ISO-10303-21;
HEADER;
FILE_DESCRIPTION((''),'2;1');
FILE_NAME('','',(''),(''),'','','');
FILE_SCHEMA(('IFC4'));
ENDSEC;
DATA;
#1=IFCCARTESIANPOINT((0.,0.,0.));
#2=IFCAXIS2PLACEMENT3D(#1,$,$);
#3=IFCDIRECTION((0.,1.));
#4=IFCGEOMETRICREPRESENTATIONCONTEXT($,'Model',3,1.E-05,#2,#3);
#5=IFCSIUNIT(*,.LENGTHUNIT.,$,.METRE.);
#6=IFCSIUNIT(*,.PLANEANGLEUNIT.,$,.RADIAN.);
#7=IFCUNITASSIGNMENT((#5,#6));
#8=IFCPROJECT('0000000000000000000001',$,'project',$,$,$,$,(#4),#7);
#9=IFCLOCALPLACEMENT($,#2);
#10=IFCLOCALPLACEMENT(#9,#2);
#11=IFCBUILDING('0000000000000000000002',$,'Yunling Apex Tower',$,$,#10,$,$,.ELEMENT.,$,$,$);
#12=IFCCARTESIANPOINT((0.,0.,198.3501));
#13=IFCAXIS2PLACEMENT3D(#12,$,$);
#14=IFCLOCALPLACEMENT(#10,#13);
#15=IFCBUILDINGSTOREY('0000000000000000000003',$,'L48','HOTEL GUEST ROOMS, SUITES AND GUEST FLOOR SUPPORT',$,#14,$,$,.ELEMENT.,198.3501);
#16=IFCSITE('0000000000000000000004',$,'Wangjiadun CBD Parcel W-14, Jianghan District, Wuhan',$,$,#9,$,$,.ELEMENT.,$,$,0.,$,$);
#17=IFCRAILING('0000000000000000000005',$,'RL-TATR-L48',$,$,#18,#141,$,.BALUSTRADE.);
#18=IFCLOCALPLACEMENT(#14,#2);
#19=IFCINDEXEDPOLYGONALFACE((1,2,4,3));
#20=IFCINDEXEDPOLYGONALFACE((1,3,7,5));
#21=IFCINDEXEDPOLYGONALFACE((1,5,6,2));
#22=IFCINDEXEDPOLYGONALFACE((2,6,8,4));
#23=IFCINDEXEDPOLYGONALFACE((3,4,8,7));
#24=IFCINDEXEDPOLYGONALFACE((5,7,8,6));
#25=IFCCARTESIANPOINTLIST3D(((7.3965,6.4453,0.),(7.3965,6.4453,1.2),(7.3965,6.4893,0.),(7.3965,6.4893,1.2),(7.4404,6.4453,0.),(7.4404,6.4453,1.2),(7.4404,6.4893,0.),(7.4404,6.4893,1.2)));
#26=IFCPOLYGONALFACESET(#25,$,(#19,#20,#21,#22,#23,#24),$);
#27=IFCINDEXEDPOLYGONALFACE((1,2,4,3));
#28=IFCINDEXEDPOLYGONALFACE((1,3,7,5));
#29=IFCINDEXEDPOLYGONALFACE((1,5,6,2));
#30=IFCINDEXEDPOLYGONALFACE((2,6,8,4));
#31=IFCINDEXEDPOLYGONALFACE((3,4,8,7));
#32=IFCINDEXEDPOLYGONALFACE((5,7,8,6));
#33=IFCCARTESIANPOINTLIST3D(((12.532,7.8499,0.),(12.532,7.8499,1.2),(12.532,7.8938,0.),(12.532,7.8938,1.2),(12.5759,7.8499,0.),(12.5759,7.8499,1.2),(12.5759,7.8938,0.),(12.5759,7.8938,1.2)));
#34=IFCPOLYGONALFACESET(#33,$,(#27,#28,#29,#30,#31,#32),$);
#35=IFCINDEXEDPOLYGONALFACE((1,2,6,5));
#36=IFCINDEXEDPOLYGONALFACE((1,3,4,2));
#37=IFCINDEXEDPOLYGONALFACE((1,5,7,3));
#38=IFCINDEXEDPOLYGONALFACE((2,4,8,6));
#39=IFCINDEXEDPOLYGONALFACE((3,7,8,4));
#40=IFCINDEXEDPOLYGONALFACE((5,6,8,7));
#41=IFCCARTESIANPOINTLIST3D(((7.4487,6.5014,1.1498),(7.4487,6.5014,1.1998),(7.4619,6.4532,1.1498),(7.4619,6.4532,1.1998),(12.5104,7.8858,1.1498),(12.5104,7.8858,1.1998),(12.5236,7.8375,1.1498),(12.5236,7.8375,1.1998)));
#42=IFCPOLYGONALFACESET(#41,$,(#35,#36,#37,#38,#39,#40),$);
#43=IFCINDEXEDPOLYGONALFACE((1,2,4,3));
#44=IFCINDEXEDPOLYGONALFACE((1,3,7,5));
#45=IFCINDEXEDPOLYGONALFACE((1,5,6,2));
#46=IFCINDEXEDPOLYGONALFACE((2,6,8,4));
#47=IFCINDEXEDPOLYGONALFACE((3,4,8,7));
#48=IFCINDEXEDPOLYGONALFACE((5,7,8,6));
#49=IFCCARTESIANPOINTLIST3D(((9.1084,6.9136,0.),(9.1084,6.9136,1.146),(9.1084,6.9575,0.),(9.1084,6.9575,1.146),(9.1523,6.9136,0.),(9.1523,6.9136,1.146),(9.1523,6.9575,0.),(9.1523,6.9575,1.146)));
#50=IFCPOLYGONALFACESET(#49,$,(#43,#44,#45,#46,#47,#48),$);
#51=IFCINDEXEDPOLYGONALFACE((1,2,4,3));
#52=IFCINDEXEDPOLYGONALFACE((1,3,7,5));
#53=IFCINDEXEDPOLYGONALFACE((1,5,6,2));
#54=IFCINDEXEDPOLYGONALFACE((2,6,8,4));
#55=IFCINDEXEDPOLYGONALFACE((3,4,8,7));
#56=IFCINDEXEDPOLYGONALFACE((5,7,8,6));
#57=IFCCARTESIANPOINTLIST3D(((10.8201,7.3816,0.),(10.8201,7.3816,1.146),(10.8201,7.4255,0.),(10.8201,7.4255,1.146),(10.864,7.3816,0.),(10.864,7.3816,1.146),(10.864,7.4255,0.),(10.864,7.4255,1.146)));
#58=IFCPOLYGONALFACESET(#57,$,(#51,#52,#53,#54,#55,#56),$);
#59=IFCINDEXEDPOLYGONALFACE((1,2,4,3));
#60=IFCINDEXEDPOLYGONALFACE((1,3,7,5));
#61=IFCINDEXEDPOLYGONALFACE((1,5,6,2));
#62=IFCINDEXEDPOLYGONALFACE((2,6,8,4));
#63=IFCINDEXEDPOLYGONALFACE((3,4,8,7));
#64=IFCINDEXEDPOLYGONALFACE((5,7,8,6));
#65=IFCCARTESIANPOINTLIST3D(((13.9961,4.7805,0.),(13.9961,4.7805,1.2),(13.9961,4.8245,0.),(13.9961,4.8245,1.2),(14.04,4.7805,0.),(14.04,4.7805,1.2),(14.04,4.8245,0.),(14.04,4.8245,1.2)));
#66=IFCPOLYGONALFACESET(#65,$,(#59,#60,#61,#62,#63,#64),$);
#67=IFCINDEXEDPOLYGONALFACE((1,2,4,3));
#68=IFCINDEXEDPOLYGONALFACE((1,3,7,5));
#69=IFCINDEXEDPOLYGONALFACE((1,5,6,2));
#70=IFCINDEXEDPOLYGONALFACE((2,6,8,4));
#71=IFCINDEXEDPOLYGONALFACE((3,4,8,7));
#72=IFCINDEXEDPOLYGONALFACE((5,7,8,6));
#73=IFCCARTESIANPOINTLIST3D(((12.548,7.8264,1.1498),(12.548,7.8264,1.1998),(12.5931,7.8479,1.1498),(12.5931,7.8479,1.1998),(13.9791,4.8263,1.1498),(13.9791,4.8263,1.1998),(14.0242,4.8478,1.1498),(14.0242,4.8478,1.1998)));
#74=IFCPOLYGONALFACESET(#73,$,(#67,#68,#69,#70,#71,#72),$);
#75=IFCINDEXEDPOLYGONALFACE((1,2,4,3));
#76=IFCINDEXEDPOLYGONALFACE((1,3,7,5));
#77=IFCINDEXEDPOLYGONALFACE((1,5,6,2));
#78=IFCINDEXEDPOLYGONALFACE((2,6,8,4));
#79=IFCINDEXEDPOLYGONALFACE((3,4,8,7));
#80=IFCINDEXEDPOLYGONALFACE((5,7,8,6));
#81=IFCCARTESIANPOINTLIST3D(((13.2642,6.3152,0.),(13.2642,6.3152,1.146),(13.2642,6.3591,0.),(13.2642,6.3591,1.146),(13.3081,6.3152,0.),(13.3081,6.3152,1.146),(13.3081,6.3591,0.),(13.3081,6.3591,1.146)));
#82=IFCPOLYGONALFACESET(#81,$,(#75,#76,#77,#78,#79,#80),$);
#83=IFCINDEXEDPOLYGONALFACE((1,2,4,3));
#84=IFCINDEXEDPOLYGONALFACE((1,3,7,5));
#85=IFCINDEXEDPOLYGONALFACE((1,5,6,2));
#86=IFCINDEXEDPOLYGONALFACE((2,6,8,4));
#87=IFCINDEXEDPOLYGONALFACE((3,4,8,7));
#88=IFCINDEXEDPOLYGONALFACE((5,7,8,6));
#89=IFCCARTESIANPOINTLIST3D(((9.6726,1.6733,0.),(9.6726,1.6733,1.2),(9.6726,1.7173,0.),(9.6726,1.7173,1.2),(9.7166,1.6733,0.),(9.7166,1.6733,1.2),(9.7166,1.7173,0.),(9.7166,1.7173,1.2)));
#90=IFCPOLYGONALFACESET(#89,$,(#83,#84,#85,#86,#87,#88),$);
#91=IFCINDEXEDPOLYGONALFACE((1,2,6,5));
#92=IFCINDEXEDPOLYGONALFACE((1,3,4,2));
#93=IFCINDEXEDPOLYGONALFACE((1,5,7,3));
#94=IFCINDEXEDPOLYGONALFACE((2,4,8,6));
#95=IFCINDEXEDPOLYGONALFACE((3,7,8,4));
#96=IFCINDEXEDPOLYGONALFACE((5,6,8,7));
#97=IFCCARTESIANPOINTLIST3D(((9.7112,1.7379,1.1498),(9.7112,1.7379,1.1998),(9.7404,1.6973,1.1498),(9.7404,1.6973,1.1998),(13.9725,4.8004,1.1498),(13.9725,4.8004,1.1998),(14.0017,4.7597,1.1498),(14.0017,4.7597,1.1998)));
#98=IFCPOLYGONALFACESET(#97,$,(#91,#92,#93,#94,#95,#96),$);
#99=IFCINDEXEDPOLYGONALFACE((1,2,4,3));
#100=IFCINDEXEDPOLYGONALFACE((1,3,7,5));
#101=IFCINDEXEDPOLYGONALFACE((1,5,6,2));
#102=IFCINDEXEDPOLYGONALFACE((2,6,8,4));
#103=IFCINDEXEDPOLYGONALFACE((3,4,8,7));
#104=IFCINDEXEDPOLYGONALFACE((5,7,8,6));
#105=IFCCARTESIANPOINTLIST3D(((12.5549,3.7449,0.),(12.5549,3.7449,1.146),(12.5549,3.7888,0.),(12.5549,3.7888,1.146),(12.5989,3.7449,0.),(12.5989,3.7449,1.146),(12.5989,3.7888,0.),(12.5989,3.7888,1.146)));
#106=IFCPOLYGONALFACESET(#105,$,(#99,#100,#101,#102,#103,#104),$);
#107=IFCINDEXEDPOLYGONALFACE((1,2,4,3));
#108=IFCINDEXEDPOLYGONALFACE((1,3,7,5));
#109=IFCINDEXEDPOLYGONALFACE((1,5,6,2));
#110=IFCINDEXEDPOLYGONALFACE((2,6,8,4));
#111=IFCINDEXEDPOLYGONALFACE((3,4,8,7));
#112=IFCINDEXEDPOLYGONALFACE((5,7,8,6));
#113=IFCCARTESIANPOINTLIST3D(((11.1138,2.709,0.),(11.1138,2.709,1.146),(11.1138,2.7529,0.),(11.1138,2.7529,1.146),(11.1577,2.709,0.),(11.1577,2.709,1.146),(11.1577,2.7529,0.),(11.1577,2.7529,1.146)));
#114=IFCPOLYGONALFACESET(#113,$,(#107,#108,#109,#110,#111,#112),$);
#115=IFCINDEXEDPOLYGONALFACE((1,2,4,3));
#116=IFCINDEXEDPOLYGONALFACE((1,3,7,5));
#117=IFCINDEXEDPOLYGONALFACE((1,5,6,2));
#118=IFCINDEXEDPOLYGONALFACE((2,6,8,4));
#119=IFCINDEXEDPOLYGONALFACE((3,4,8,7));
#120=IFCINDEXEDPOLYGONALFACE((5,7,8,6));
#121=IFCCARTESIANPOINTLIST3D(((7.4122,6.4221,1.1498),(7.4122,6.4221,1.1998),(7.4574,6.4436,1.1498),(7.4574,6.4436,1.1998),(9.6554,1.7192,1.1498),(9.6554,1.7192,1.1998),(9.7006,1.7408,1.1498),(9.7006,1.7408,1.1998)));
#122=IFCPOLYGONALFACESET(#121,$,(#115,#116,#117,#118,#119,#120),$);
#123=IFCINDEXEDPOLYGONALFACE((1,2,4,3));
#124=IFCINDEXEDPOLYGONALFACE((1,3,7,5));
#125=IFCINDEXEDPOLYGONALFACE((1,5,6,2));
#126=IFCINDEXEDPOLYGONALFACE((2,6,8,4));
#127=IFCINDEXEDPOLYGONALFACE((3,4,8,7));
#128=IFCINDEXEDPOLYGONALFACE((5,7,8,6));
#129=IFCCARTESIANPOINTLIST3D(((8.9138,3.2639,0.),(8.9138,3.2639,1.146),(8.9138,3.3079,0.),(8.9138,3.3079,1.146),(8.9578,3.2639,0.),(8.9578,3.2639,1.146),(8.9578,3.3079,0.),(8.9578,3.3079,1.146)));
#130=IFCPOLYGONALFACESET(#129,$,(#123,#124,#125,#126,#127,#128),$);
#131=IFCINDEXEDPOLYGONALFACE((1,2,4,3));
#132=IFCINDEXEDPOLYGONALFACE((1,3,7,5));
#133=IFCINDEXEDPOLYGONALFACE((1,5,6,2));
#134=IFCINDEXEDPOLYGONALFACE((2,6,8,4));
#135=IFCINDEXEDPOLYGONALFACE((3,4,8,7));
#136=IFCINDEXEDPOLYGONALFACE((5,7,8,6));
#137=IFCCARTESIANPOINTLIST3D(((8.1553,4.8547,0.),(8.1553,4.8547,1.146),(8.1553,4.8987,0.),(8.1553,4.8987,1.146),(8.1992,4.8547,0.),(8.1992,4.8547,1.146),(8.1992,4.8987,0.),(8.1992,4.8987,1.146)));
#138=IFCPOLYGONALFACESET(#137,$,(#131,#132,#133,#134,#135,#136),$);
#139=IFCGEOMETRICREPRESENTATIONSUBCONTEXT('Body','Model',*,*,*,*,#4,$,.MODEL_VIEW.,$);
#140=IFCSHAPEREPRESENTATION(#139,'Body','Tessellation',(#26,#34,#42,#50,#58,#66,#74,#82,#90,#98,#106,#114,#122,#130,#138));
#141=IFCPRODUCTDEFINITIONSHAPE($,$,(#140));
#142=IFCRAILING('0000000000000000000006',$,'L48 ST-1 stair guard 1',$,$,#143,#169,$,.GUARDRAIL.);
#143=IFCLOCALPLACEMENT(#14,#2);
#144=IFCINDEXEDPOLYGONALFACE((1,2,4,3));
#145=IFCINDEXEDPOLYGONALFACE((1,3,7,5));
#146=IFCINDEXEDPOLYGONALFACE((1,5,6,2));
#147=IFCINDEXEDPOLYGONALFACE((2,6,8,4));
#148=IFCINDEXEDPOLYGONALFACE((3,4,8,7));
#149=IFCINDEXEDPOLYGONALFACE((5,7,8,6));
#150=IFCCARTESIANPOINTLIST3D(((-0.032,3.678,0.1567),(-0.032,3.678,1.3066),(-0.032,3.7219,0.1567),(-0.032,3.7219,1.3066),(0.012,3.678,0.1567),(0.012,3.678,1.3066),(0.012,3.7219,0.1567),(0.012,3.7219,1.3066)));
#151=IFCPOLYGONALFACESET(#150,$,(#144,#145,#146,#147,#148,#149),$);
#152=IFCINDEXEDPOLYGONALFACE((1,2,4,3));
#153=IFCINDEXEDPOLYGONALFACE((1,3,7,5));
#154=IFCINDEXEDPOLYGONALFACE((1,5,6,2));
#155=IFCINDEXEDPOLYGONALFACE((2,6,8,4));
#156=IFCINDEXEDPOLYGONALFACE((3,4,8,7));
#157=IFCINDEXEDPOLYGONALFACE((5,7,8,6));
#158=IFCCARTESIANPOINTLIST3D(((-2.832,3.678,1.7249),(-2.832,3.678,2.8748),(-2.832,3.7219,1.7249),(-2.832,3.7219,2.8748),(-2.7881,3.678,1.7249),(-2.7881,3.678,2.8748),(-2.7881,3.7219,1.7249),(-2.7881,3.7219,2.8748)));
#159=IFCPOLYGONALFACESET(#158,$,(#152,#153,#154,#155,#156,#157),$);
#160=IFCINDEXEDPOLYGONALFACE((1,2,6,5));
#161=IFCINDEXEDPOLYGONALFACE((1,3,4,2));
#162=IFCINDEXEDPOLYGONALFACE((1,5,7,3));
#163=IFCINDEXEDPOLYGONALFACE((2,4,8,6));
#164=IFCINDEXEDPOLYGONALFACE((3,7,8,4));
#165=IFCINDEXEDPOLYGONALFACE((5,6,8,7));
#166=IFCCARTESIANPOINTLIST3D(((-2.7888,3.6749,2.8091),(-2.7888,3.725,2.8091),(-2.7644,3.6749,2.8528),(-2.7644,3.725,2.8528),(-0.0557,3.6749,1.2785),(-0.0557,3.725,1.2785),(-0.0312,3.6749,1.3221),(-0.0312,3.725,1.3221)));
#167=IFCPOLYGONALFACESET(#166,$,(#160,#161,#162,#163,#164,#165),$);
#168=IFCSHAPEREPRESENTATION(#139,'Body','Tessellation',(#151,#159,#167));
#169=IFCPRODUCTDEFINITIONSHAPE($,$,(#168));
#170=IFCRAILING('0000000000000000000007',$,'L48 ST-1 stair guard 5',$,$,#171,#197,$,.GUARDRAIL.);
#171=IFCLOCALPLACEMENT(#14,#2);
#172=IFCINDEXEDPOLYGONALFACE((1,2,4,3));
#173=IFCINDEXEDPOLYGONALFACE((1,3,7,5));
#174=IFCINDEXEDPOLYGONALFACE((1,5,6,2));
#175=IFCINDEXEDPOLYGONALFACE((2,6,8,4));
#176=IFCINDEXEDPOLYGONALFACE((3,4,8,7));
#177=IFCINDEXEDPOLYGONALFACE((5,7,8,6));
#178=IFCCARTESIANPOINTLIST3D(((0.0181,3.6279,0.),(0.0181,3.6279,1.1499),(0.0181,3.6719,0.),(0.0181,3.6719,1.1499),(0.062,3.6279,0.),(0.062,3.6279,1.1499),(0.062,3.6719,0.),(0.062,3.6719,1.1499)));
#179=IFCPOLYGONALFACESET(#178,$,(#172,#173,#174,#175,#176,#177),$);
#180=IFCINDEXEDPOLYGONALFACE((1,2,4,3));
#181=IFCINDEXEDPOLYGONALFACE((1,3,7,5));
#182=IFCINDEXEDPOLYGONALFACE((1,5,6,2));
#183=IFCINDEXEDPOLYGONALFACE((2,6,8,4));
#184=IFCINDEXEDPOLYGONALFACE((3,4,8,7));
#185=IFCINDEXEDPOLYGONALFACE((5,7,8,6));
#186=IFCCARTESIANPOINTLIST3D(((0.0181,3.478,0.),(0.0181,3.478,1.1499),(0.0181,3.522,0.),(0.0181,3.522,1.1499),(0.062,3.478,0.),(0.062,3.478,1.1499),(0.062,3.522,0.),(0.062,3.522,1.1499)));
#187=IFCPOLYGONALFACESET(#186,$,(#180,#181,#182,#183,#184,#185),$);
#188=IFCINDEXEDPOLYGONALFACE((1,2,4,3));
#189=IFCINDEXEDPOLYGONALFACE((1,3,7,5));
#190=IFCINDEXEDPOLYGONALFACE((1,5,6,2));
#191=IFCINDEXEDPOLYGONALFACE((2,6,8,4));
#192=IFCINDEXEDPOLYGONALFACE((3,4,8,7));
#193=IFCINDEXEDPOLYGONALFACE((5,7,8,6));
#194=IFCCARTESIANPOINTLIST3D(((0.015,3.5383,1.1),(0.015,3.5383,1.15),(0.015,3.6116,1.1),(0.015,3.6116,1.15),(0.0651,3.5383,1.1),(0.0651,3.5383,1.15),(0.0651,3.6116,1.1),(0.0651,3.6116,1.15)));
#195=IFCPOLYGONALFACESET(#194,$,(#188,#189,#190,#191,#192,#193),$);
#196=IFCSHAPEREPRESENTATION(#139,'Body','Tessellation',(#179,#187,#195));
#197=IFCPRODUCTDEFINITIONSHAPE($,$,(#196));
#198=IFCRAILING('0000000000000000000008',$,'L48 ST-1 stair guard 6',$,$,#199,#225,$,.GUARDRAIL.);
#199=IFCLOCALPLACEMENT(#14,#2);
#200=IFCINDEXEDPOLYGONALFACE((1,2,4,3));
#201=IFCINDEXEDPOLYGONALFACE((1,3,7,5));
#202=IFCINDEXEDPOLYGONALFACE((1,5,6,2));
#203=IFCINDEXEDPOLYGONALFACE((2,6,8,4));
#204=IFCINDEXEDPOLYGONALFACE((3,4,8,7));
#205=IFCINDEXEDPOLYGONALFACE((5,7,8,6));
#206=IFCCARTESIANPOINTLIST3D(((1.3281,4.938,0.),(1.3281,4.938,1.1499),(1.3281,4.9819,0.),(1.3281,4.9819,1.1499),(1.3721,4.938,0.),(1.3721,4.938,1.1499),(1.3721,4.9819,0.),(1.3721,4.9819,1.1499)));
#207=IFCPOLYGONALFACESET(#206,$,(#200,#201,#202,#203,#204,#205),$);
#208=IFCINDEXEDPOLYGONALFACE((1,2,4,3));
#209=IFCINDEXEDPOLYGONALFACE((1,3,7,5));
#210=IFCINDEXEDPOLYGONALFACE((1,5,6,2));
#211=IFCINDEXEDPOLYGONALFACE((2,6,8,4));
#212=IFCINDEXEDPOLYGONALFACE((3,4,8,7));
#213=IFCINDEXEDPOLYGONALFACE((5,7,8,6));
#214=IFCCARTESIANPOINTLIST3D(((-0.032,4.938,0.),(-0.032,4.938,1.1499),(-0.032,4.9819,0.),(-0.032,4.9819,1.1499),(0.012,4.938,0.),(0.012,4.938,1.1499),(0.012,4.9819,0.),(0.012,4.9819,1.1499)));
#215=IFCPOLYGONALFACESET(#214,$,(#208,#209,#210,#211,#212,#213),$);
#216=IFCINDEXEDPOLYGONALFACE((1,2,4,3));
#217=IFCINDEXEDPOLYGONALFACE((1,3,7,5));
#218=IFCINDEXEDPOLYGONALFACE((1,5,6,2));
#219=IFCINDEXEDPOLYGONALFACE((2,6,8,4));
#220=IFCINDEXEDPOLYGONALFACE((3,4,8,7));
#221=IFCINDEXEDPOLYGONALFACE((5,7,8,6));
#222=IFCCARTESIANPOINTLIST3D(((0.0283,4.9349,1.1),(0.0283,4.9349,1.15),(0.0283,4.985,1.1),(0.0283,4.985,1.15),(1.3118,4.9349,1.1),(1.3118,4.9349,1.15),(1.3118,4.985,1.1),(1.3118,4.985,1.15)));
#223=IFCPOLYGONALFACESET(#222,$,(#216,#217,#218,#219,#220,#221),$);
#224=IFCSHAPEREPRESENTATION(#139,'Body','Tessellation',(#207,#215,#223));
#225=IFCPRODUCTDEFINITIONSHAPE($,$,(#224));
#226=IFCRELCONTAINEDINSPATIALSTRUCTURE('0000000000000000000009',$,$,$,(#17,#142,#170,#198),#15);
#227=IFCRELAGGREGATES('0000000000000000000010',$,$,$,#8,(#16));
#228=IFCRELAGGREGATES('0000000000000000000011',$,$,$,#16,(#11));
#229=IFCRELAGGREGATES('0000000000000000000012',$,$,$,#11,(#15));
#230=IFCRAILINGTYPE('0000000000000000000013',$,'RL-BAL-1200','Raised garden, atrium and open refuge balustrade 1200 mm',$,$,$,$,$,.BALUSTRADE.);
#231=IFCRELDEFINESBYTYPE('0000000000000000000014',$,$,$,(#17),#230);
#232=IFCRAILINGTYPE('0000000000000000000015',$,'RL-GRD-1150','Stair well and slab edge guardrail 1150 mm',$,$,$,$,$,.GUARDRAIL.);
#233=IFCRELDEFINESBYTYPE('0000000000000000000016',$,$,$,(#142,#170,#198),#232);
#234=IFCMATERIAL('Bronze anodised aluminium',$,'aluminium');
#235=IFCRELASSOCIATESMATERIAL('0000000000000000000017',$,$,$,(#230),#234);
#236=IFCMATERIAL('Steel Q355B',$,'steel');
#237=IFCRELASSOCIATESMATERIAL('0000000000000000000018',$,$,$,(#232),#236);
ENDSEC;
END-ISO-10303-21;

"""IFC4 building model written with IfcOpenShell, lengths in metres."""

from ifc_helpers import new_model, si_unit, direction, frame, origin, origin_2d, place, context, subcontext, project, spatial, rectangle, extrude, material, type_object, element, save


model = new_model("IFC4")

# Units and contexts
model_context = context("Model", 3, precision=1e-05, world=origin(), true_north=direction((0.0, 1.0)))
body_context = subcontext(model_context, "Body", "Model", "MODEL_VIEW")
ifc_project = project(units=[si_unit("LENGTHUNIT", "METRE"), si_unit("PLANEANGLEUNIT", "RADIAN")], contexts=[model_context])

# Site, building, storey
site_placement = place(None, origin())
site = spatial("IfcSite", under=ifc_project, at=site_placement, Name="Wangjiadun CBD Parcel W-14, Jianghan District, Wuhan", CompositionType="ELEMENT", RefElevation=0.0)
building_placement = place(site_placement, origin())
building = spatial("IfcBuilding", under=site, at=building_placement, Name="Yunling Apex Tower", CompositionType="ELEMENT")
storey_placement = place(building_placement, frame((0.0, 0.0, 198.3501)))
storey = spatial("IfcBuildingStorey", under=building, at=storey_placement, Name="L48", Description="HOTEL GUEST ROOMS, SUITES AND GUEST FLOOR SUPPORT", CompositionType="ELEMENT", Elevation=198.3501)

# Shared definitions
ifc_material_1 = material(Name="Steel Q355B", Category="steel")

# Shared definitions
ifc_material_2 = material(Name="Bronze anodised aluminium", Category="aluminium")

# Railings
railing_type_1 = type_object("IfcRailingType", Name="RL-BAL-1200", Description="Raised garden, atrium and open refuge balustrade 1200 mm", PredefinedType="BALUSTRADE", material=ifc_material_2)
railing_1_placement = place(storey_placement, frame((7.4185, 6.4673, 0.0)))
element("IfcRailing", 1, at=railing_1_placement, inside=storey, type_object=railing_type_1, Name="RL-TATR-L48", PredefinedType="BALUSTRADE", context=body_context, shape_type="SweptSolid", body=[
    extrude(rectangle(XDim=0.0439, YDim=0.0439, at=origin_2d()), origin(), (0.0, 0.0, 1.0), 1.2),
    extrude(rectangle(XDim=0.0439, YDim=0.0439, at=origin_2d()), frame((5.1355, 1.4045, 0.0)), (0.0, 0.0, 1.0), 1.2),
    extrude(rectangle(XDim=0.05, YDim=0.05, at=origin_2d()), frame((0.0369, 0.01, 1.1748), z_axis=(0.964575, 0.263808, 0.0), x_axis=(-0.263808, 0.964575, 0.0)), (0.0, 0.0, 1.0), 5.2476),
    extrude(rectangle(XDim=0.0439, YDim=0.0439, at=origin_2d()), frame((1.7119, 0.4683, 0.0)), (0.0, 0.0, 1.0), 1.146),
    extrude(rectangle(XDim=0.0439, YDim=0.0439, at=origin_2d()), frame((3.4236, 0.9363, 0.0)), (0.0, 0.0, 1.0), 1.146),
    extrude(rectangle(XDim=0.0439, YDim=0.0439, at=origin_2d()), frame((6.5996, -1.6648, 0.0)), (0.0, 0.0, 1.0), 1.2),
    extrude(rectangle(XDim=0.05, YDim=0.05, at=origin_2d()), frame((5.1521, 1.3699, 1.1748), z_axis=(0.430538, -0.902572, 0.0), x_axis=(0.902572, 0.430538, 0.0)), (0.0, 0.0, 1.0), 3.324),
    extrude(rectangle(XDim=0.0439, YDim=0.0439, at=origin_2d()), frame((5.8677, -0.1301, 0.0)), (0.0, 0.0, 1.0), 1.146),
    extrude(rectangle(XDim=0.0439, YDim=0.0439, at=origin_2d()), frame((2.2761, -4.772, 0.0)), (0.0, 0.0, 1.0), 1.2),
    extrude(rectangle(XDim=0.05, YDim=0.05, at=origin_2d()), frame((6.5686, -1.6873, 1.1748), z_axis=(-0.812045, -0.583595, 0.0), x_axis=(0.583595, -0.812045, 0.0)), (0.0, 0.0, 1.0), 5.2476),
    extrude(rectangle(XDim=0.0439, YDim=0.0439, at=origin_2d()), frame((5.1584, -2.7004, 0.0)), (0.0, 0.0, 1.0), 1.146),
    extrude(rectangle(XDim=0.0439, YDim=0.0439, at=origin_2d()), frame((3.7173, -3.7363, 0.0)), (0.0, 0.0, 1.0), 1.146),
    extrude(rectangle(XDim=0.05, YDim=0.05, at=origin_2d()), frame((2.2595, -4.7373, 1.1748), z_axis=(-0.430512, 0.902585, 0.0), x_axis=(-0.902585, -0.430512, 0.0)), (0.0, 0.0, 1.0), 5.2104),
    extrude(rectangle(XDim=0.0439, YDim=0.0439, at=origin_2d()), frame((1.5173, -3.1814, 0.0)), (0.0, 0.0, 1.0), 1.146),
    extrude(rectangle(XDim=0.0439, YDim=0.0439, at=origin_2d()), frame((0.7588, -1.5906, 0.0)), (0.0, 0.0, 1.0), 1.146),
])
railing_type_2 = type_object("IfcRailingType", Name="RL-GRD-1150", Description="Stair well and slab edge guardrail 1150 mm", PredefinedType="GUARDRAIL", material=ifc_material_1)
railing_2_placement = place(storey_placement, frame((-0.01, 3.7, 0.1567)))
element("IfcRailing", 2, at=railing_2_placement, inside=storey, type_object=railing_type_2, Name="L48 ST-1 stair guard 1", PredefinedType="GUARDRAIL", context=body_context, shape_type="SweptSolid", body=[
    extrude(rectangle(XDim=0.0439, YDim=0.0439, at=origin_2d()), origin(), (0.0, 0.0, 1.0), 1.1499),
    extrude(rectangle(XDim=0.0439, YDim=0.0439, at=origin_2d()), frame((-2.8, 0.0, 1.5681)), (0.0, 0.0, 1.0), 1.1499),
    extrude(rectangle(XDim=0.05, YDim=0.05, at=origin_2d()), frame((-0.0334, 0.0, 1.1436), z_axis=(-0.872494, 0.0, 0.488624), x_axis=(0.0, -1.0, 0.0)), (0.0, 0.0, 1.0), 3.1326),
])
railing_3_placement = place(storey_placement, frame((0.04, 3.6499, 0.0)))
element("IfcRailing", 3, at=railing_3_placement, inside=storey, type_object=railing_type_2, Name="L48 ST-1 stair guard 5", PredefinedType="GUARDRAIL", context=body_context, shape_type="SweptSolid", body=[
    extrude(rectangle(XDim=0.0439, YDim=0.0439, at=origin_2d()), origin(), (0.0, 0.0, 1.0), 1.1499),
    extrude(rectangle(XDim=0.0439, YDim=0.0439, at=origin_2d()), frame((0.0, -0.1499, 0.0)), (0.0, 0.0, 1.0), 1.1499),
    extrude(rectangle(XDim=0.05, YDim=0.05, at=origin_2d()), frame((0.0, -0.0383, 1.125), z_axis=(0.0, -1.0, 0.0), x_axis=(1.0, 0.0, 0.0)), (0.0, 0.0, 1.0), 0.0732),
])
railing_4_placement = place(storey_placement, frame((1.3501, 4.96, 0.0)))
element("IfcRailing", 4, at=railing_4_placement, inside=storey, type_object=railing_type_2, Name="L48 ST-1 stair guard 6", PredefinedType="GUARDRAIL", context=body_context, shape_type="SweptSolid", body=[
    extrude(rectangle(XDim=0.0439, YDim=0.0439, at=origin_2d()), origin(), (0.0, 0.0, 1.0), 1.1499),
    extrude(rectangle(XDim=0.0439, YDim=0.0439, at=origin_2d()), frame((-1.3601, 0.0, 0.0)), (0.0, 0.0, 1.0), 1.1499),
    extrude(rectangle(XDim=0.05, YDim=0.05, at=origin_2d()), frame((-0.0383, 0.0, 1.125), z_axis=(-1.0, 0.0, 0.0), x_axis=(0.0, -1.0, 0.0)), (0.0, 0.0, 1.0), 1.2834),
])

save(model, "model.ifc")
